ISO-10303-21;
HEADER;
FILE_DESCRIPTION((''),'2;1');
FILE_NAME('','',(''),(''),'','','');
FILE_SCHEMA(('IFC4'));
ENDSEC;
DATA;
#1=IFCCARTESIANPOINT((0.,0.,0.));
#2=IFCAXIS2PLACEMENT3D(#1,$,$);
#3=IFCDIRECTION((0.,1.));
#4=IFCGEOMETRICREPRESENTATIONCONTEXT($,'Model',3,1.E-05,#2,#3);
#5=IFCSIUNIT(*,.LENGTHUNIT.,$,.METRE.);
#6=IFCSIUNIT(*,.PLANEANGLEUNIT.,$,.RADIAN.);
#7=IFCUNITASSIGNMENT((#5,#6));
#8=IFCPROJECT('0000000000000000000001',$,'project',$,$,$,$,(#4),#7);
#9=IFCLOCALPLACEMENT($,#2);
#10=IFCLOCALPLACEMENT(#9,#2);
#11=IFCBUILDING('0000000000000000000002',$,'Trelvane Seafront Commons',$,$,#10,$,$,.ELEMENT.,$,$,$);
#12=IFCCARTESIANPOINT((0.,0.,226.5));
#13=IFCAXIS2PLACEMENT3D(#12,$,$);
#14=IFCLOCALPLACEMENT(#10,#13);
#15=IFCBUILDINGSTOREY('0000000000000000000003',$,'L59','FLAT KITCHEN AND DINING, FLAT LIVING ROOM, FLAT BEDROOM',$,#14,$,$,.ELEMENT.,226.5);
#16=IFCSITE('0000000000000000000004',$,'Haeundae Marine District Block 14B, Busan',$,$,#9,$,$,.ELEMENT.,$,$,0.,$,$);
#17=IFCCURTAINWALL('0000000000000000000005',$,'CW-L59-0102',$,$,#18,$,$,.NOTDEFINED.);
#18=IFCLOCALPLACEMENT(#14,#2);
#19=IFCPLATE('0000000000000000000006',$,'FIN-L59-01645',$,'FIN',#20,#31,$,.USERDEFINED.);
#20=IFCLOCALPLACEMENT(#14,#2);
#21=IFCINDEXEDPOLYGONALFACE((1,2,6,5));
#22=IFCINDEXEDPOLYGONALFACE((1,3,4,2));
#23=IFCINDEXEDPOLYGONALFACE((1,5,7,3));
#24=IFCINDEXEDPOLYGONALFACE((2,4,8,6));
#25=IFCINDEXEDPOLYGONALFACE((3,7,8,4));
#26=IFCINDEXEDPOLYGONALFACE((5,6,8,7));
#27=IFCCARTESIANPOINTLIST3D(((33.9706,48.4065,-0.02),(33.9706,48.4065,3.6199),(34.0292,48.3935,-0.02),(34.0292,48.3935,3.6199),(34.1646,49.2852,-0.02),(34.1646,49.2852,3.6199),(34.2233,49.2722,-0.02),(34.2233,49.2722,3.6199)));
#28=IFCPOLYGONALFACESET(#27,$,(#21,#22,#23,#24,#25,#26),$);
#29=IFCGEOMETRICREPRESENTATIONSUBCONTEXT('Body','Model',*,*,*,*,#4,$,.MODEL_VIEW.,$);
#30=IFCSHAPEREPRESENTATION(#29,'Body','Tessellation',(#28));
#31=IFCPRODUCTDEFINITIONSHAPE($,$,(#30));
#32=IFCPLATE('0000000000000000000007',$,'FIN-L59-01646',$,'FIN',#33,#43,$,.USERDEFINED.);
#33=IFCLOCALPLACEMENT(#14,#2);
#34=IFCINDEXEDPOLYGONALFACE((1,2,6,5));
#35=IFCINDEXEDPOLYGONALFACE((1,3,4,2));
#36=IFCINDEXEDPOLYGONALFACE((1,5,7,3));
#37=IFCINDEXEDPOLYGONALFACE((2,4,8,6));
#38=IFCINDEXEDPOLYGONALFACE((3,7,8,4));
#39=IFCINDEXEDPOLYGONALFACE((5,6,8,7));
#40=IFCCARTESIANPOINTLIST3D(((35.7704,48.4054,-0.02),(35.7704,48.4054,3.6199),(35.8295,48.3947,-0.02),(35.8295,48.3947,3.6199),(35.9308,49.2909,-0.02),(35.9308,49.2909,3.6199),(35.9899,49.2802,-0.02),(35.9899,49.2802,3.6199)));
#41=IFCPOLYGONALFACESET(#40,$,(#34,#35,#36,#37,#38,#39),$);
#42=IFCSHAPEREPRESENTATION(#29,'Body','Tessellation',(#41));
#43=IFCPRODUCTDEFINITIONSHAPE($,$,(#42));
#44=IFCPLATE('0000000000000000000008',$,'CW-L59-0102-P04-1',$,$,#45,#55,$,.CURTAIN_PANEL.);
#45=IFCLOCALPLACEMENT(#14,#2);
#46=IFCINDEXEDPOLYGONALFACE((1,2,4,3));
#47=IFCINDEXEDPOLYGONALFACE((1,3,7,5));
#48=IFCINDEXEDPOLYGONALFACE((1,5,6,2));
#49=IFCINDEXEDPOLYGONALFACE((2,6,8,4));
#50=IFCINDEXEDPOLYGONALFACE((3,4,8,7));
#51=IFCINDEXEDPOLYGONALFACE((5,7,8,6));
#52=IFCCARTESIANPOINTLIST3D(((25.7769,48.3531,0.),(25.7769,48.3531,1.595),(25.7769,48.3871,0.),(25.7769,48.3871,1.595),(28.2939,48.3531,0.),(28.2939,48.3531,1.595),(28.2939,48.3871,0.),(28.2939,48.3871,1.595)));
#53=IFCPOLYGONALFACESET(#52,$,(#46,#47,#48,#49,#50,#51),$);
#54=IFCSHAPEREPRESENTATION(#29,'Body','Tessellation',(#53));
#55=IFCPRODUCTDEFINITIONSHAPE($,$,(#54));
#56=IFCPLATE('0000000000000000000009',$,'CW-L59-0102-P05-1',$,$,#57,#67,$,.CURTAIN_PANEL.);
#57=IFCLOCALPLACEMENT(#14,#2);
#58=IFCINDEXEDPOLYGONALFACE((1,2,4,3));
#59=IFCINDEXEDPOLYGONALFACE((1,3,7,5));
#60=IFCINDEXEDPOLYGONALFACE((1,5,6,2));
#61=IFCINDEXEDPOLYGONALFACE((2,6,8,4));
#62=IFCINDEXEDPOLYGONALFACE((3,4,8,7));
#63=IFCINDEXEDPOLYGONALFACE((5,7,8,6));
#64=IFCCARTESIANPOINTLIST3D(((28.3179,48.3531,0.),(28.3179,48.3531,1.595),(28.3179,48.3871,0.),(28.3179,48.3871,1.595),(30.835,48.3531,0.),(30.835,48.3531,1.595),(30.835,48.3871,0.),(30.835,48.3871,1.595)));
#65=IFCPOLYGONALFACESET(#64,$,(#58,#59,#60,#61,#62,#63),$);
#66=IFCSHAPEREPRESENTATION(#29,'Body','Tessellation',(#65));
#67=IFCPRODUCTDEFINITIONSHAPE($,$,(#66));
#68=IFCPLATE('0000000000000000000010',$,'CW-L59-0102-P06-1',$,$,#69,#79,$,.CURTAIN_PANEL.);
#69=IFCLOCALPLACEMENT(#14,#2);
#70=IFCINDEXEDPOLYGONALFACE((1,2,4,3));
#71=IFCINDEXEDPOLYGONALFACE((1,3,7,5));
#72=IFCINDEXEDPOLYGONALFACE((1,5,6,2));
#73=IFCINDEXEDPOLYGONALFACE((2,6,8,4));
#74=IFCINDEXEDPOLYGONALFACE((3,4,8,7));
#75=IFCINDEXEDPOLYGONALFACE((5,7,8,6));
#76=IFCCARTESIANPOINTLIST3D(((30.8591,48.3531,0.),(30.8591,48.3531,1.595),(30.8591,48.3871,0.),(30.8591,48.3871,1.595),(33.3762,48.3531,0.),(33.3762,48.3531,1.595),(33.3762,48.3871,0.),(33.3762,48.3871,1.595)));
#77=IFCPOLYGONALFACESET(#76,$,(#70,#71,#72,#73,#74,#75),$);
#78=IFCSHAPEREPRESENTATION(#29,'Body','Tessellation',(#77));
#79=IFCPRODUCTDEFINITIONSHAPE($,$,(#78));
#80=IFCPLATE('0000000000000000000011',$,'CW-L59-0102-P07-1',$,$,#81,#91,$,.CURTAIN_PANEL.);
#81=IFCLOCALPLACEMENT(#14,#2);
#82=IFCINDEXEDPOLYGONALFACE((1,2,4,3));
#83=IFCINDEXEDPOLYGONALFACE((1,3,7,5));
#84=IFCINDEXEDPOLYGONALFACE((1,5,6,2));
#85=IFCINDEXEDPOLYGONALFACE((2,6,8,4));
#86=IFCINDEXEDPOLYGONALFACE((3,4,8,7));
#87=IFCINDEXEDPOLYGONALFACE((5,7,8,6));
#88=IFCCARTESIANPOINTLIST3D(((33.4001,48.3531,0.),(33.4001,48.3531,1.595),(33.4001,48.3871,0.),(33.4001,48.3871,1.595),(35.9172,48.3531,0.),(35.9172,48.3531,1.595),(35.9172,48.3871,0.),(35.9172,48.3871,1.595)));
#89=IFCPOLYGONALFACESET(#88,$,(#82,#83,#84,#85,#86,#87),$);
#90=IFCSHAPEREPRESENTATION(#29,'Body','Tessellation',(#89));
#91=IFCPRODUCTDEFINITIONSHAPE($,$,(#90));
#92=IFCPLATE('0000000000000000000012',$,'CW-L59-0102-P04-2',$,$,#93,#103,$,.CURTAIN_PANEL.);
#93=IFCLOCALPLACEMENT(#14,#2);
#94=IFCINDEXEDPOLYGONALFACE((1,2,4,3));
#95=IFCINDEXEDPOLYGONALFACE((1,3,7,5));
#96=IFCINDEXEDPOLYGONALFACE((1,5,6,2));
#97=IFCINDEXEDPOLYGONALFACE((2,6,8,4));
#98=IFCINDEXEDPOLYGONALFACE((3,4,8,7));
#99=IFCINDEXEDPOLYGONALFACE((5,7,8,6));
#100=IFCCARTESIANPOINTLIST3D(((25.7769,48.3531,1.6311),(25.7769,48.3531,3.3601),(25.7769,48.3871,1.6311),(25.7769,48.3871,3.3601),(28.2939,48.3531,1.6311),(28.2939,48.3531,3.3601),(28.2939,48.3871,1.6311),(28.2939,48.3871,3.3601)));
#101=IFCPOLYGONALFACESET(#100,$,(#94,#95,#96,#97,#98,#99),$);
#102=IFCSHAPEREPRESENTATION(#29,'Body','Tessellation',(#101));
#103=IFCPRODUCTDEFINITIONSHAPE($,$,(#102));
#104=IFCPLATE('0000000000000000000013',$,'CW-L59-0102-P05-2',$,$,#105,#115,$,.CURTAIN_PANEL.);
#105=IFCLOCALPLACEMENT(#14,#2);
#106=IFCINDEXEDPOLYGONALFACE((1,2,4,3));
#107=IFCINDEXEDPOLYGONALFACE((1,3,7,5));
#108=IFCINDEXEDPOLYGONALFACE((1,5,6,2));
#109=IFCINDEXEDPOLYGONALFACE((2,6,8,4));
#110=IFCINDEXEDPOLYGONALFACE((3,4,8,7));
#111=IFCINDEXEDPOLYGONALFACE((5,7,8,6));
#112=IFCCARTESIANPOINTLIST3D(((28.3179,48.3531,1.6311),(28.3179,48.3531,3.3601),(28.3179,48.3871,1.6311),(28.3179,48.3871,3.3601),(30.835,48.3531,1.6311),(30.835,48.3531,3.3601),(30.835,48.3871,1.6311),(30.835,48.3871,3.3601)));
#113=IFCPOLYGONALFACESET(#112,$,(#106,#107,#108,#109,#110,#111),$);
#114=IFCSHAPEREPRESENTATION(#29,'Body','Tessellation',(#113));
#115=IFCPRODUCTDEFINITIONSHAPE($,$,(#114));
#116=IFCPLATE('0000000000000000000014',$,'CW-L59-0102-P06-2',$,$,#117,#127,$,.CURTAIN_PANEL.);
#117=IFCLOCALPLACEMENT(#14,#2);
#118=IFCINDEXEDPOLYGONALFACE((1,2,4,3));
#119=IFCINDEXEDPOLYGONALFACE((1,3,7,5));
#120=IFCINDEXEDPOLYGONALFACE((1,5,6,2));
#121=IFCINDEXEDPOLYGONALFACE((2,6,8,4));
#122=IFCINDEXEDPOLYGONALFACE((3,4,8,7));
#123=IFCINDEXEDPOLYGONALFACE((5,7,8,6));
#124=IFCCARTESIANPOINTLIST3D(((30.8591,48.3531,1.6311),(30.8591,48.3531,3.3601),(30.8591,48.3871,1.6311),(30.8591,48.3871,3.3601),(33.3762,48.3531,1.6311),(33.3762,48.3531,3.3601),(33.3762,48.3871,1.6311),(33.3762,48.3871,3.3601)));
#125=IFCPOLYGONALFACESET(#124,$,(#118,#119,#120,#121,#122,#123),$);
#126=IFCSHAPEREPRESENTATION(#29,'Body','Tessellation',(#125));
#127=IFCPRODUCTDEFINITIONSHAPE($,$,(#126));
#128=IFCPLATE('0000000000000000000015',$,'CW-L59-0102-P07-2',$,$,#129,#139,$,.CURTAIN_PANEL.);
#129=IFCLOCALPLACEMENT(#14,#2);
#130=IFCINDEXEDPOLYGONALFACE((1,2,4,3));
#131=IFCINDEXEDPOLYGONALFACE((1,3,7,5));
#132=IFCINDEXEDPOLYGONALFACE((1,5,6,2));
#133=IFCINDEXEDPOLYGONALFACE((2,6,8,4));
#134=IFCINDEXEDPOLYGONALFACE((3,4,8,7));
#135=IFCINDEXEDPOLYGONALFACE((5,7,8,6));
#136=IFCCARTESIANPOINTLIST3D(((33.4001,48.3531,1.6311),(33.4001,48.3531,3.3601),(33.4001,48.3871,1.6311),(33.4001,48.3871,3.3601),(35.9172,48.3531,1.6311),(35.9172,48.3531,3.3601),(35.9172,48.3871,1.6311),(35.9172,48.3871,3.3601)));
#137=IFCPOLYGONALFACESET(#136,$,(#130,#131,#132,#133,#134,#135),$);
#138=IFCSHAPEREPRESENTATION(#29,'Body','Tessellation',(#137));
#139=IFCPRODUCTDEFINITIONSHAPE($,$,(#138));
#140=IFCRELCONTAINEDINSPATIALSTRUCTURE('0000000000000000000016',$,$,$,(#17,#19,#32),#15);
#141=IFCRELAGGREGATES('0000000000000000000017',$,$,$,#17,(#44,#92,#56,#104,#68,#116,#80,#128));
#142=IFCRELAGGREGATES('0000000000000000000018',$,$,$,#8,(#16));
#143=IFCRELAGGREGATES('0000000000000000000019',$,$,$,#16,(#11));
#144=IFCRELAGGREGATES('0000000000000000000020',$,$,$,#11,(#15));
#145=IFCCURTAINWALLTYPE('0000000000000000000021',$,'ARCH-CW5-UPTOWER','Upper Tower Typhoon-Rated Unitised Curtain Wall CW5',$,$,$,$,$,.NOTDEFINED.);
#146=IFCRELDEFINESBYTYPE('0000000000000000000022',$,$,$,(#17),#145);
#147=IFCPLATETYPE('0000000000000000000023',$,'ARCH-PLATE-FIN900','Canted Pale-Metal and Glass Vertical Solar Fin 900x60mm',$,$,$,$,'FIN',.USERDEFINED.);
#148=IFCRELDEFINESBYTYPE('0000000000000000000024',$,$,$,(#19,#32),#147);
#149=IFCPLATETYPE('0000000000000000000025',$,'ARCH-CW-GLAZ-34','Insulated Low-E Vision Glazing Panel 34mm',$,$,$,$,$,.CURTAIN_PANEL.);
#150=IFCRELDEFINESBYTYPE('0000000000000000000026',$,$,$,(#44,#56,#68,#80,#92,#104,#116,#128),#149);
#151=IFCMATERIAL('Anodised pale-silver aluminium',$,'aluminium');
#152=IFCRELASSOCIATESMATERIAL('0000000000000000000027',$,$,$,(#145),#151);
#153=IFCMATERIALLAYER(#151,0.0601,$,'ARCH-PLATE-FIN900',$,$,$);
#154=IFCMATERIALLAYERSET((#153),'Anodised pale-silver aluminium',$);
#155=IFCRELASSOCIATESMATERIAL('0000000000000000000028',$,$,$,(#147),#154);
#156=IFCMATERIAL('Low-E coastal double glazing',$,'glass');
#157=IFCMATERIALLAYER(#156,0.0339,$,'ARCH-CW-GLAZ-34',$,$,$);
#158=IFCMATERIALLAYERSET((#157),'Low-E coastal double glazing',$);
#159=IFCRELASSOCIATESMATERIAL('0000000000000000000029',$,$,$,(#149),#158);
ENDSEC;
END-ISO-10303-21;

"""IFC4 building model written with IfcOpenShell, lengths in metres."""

from ifc_helpers import new_model, si_unit, direction, frame, origin, origin_2d, place, context, subcontext, project, spatial, rectangle, extrude, source, transform, mapped, material, layer, layer_set, type_object, element, aggregate, save


model = new_model("IFC4")

# Units and contexts
model_context = context("Model", 3, precision=1e-05, world=origin(), true_north=direction((0.0, 1.0)))
body_context = subcontext(model_context, "Body", "Model", "MODEL_VIEW")
ifc_project = project(units=[si_unit("LENGTHUNIT", "METRE"), si_unit("PLANEANGLEUNIT", "RADIAN")], contexts=[model_context])

# Site, building, storey
site_placement = place(None, origin())
site = spatial("IfcSite", under=ifc_project, at=site_placement, Name="Haeundae Marine District Block 14B, Busan", CompositionType="ELEMENT", RefElevation=0.0)
building_placement = place(site_placement, origin())
building = spatial("IfcBuilding", under=site, at=building_placement, Name="Trelvane Seafront Commons", CompositionType="ELEMENT")
storey_placement = place(building_placement, frame((0.0, 0.0, 226.5)))
storey = spatial("IfcBuildingStorey", under=building, at=storey_placement, Name="L59", Description="FLAT KITCHEN AND DINING, FLAT LIVING ROOM, FLAT BEDROOM", CompositionType="ELEMENT", Elevation=226.5)

# Curtain wall
ifc_material_1 = material(Name="Anodised pale-silver aluminium", Category="aluminium")
curtain_wall_type = type_object("IfcCurtainWallType", Name="ARCH-CW5-UPTOWER", Description="Upper Tower Typhoon-Rated Unitised Curtain Wall CW5", PredefinedType="NOTDEFINED", material=ifc_material_1)
curtain_wall_placement = place(storey_placement, origin())
curtain_wall = element("IfcCurtainWall", 1, at=curtain_wall_placement, inside=storey, type_object=curtain_wall_type, Name="CW-L59-0102", PredefinedType="NOTDEFINED")

# Plates
ifc_layer_1 = layer(ifc_material_1, 0.0601, Name="ARCH-PLATE-FIN900")
ifc_layer_set_1 = layer_set([ifc_layer_1], Name="Anodised pale-silver aluminium")
plate_type_1 = type_object("IfcPlateType", Name="ARCH-PLATE-FIN900", Description="Canted Pale-Metal and Glass Vertical Solar Fin 900x60mm", ElementType="FIN", PredefinedType="USERDEFINED", material=ifc_layer_set_1)
shared_shape_1 = source(origin(), body_context, "Body", "SweptSolid", [
    extrude(rectangle(XDim=0.8999, YDim=0.0601, at=origin_2d()), origin(), (0.0, 0.0, 1.0), 3.6399),
])
for number, where, z_axis, x_axis, name in (
    (2, (34.0969, 48.8394, -0.02), (0.0, 0.0, 1.0), (0.215671, 0.976466, 0.0), "FIN-L59-01645"),
    (3, (35.8801, 48.8428, -0.02), (0.0, 0.0, 1.0), (0.17822, 0.983991, 0.0), "FIN-L59-01646"),
):
    element("IfcPlate", number, at=place(storey_placement, frame(where, z_axis=z_axis, x_axis=x_axis)), inside=storey, type_object=plate_type_1, Name=name, ObjectType="FIN", PredefinedType="USERDEFINED", context=body_context, shape_type="MappedRepresentation", body=[
        mapped(shared_shape_1, transform((0.0, 0.0, 0.0), x_axis=(1.0, 0.0, 0.0), y_axis=(0.0, 1.0, 0.0), z_axis=(0.0, 0.0, 1.0), scale=1.0)),
    ])

# Plates
ifc_material_2 = material(Name="Low-E coastal double glazing", Category="glass")
ifc_layer_2 = layer(ifc_material_2, 0.0339, Name="ARCH-CW-GLAZ-34")
ifc_layer_set_2 = layer_set([ifc_layer_2], Name="Low-E coastal double glazing")
plate_type_2 = type_object("IfcPlateType", Name="ARCH-CW-GLAZ-34", Description="Insulated Low-E Vision Glazing Panel 34mm", PredefinedType="CURTAIN_PANEL", material=ifc_layer_set_2)
shared_shape_2 = source(origin(), body_context, "Body", "SweptSolid", [
    extrude(rectangle(XDim=2.5171, YDim=0.0339, at=origin_2d()), origin(), (0.0, 0.0, 1.0), 1.595),
])
plate_1_placement = place(storey_placement, frame((27.0354, 48.3701, 0.0), z_axis=(0.0, 0.0, 1.0), x_axis=(1.0, 0.0, 0.0)))
plate_1 = element("IfcPlate", 4, at=plate_1_placement, type_object=plate_type_2, Name="CW-L59-0102-P04-1", PredefinedType="CURTAIN_PANEL", context=body_context, shape_type="MappedRepresentation", body=[
    mapped(shared_shape_2, transform((0.0, 0.0, 0.0), x_axis=(1.0, 0.0, 0.0), y_axis=(0.0, 1.0, 0.0), z_axis=(0.0, 0.0, 1.0), scale=1.0)),
])
plate_2_placement = place(storey_placement, frame((29.5764, 48.3701, 0.0), z_axis=(0.0, 0.0, 1.0), x_axis=(1.0, 0.0, 0.0)))
plate_2 = element("IfcPlate", 5, at=plate_2_placement, type_object=plate_type_2, Name="CW-L59-0102-P05-1", PredefinedType="CURTAIN_PANEL", context=body_context, shape_type="MappedRepresentation", body=[
    mapped(shared_shape_2, transform((0.0, 0.0, 0.0), x_axis=(1.0, 0.0, 0.0), y_axis=(0.0, 1.0, 0.0), z_axis=(0.0, 0.0, 1.0), scale=1.0)),
])
plate_3_placement = place(storey_placement, frame((32.1177, 48.3701, 0.0), z_axis=(0.0, 0.0, 1.0), x_axis=(1.0, 0.0, 0.0)))
plate_3 = element("IfcPlate", 6, at=plate_3_placement, type_object=plate_type_2, Name="CW-L59-0102-P06-1", PredefinedType="CURTAIN_PANEL", context=body_context, shape_type="MappedRepresentation", body=[
    mapped(shared_shape_2, transform((0.0, 0.0, 0.0), x_axis=(1.0, 0.0, 0.0), y_axis=(0.0, 1.0, 0.0), z_axis=(0.0, 0.0, 1.0), scale=1.0)),
])
plate_4_placement = place(storey_placement, frame((34.6587, 48.3701, 0.0), z_axis=(0.0, 0.0, 1.0), x_axis=(1.0, 0.0, 0.0)))
plate_4 = element("IfcPlate", 7, at=plate_4_placement, type_object=plate_type_2, Name="CW-L59-0102-P07-1", PredefinedType="CURTAIN_PANEL", context=body_context, shape_type="MappedRepresentation", body=[
    mapped(shared_shape_2, transform((0.0, 0.0, 0.0), x_axis=(1.0, 0.0, 0.0), y_axis=(0.0, 1.0, 0.0), z_axis=(0.0, 0.0, 1.0), scale=1.0)),
])
shared_shape_3 = source(origin(), body_context, "Body", "SweptSolid", [
    extrude(rectangle(XDim=2.5171, YDim=0.0339, at=origin_2d()), origin(), (0.0, 0.0, 1.0), 1.729),
])
plate_5_placement = place(storey_placement, frame((27.0354, 48.3701, 1.6311), z_axis=(0.0, 0.0, 1.0), x_axis=(1.0, 0.0, 0.0)))
plate_5 = element("IfcPlate", 8, at=plate_5_placement, type_object=plate_type_2, Name="CW-L59-0102-P04-2", PredefinedType="CURTAIN_PANEL", context=body_context, shape_type="MappedRepresentation", body=[
    mapped(shared_shape_3, transform((0.0, 0.0, 0.0), x_axis=(1.0, 0.0, 0.0), y_axis=(0.0, 1.0, 0.0), z_axis=(0.0, 0.0, 1.0), scale=1.0)),
])
plate_6_placement = place(storey_placement, frame((29.5764, 48.3701, 1.6311), z_axis=(0.0, 0.0, 1.0), x_axis=(1.0, 0.0, 0.0)))
plate_6 = element("IfcPlate", 9, at=plate_6_placement, type_object=plate_type_2, Name="CW-L59-0102-P05-2", PredefinedType="CURTAIN_PANEL", context=body_context, shape_type="MappedRepresentation", body=[
    mapped(shared_shape_3, transform((0.0, 0.0, 0.0), x_axis=(1.0, 0.0, 0.0), y_axis=(0.0, 1.0, 0.0), z_axis=(0.0, 0.0, 1.0), scale=1.0)),
])
plate_7_placement = place(storey_placement, frame((32.1177, 48.3701, 1.6311), z_axis=(0.0, 0.0, 1.0), x_axis=(1.0, 0.0, 0.0)))
plate_7 = element("IfcPlate", 10, at=plate_7_placement, type_object=plate_type_2, Name="CW-L59-0102-P06-2", PredefinedType="CURTAIN_PANEL", context=body_context, shape_type="MappedRepresentation", body=[
    mapped(shared_shape_3, transform((0.0, 0.0, 0.0), x_axis=(1.0, 0.0, 0.0), y_axis=(0.0, 1.0, 0.0), z_axis=(0.0, 0.0, 1.0), scale=1.0)),
])
plate_8_placement = place(storey_placement, frame((34.6587, 48.3701, 1.6311), z_axis=(0.0, 0.0, 1.0), x_axis=(1.0, 0.0, 0.0)))
plate_8 = element("IfcPlate", 11, at=plate_8_placement, type_object=plate_type_2, Name="CW-L59-0102-P07-2", PredefinedType="CURTAIN_PANEL", context=body_context, shape_type="MappedRepresentation", body=[
    mapped(shared_shape_3, transform((0.0, 0.0, 0.0), x_axis=(1.0, 0.0, 0.0), y_axis=(0.0, 1.0, 0.0), z_axis=(0.0, 0.0, 1.0), scale=1.0)),
])
aggregate(curtain_wall, [plate_1, plate_5, plate_2, plate_6, plate_3, plate_7, plate_4, plate_8])

save(model, "model.ifc")
